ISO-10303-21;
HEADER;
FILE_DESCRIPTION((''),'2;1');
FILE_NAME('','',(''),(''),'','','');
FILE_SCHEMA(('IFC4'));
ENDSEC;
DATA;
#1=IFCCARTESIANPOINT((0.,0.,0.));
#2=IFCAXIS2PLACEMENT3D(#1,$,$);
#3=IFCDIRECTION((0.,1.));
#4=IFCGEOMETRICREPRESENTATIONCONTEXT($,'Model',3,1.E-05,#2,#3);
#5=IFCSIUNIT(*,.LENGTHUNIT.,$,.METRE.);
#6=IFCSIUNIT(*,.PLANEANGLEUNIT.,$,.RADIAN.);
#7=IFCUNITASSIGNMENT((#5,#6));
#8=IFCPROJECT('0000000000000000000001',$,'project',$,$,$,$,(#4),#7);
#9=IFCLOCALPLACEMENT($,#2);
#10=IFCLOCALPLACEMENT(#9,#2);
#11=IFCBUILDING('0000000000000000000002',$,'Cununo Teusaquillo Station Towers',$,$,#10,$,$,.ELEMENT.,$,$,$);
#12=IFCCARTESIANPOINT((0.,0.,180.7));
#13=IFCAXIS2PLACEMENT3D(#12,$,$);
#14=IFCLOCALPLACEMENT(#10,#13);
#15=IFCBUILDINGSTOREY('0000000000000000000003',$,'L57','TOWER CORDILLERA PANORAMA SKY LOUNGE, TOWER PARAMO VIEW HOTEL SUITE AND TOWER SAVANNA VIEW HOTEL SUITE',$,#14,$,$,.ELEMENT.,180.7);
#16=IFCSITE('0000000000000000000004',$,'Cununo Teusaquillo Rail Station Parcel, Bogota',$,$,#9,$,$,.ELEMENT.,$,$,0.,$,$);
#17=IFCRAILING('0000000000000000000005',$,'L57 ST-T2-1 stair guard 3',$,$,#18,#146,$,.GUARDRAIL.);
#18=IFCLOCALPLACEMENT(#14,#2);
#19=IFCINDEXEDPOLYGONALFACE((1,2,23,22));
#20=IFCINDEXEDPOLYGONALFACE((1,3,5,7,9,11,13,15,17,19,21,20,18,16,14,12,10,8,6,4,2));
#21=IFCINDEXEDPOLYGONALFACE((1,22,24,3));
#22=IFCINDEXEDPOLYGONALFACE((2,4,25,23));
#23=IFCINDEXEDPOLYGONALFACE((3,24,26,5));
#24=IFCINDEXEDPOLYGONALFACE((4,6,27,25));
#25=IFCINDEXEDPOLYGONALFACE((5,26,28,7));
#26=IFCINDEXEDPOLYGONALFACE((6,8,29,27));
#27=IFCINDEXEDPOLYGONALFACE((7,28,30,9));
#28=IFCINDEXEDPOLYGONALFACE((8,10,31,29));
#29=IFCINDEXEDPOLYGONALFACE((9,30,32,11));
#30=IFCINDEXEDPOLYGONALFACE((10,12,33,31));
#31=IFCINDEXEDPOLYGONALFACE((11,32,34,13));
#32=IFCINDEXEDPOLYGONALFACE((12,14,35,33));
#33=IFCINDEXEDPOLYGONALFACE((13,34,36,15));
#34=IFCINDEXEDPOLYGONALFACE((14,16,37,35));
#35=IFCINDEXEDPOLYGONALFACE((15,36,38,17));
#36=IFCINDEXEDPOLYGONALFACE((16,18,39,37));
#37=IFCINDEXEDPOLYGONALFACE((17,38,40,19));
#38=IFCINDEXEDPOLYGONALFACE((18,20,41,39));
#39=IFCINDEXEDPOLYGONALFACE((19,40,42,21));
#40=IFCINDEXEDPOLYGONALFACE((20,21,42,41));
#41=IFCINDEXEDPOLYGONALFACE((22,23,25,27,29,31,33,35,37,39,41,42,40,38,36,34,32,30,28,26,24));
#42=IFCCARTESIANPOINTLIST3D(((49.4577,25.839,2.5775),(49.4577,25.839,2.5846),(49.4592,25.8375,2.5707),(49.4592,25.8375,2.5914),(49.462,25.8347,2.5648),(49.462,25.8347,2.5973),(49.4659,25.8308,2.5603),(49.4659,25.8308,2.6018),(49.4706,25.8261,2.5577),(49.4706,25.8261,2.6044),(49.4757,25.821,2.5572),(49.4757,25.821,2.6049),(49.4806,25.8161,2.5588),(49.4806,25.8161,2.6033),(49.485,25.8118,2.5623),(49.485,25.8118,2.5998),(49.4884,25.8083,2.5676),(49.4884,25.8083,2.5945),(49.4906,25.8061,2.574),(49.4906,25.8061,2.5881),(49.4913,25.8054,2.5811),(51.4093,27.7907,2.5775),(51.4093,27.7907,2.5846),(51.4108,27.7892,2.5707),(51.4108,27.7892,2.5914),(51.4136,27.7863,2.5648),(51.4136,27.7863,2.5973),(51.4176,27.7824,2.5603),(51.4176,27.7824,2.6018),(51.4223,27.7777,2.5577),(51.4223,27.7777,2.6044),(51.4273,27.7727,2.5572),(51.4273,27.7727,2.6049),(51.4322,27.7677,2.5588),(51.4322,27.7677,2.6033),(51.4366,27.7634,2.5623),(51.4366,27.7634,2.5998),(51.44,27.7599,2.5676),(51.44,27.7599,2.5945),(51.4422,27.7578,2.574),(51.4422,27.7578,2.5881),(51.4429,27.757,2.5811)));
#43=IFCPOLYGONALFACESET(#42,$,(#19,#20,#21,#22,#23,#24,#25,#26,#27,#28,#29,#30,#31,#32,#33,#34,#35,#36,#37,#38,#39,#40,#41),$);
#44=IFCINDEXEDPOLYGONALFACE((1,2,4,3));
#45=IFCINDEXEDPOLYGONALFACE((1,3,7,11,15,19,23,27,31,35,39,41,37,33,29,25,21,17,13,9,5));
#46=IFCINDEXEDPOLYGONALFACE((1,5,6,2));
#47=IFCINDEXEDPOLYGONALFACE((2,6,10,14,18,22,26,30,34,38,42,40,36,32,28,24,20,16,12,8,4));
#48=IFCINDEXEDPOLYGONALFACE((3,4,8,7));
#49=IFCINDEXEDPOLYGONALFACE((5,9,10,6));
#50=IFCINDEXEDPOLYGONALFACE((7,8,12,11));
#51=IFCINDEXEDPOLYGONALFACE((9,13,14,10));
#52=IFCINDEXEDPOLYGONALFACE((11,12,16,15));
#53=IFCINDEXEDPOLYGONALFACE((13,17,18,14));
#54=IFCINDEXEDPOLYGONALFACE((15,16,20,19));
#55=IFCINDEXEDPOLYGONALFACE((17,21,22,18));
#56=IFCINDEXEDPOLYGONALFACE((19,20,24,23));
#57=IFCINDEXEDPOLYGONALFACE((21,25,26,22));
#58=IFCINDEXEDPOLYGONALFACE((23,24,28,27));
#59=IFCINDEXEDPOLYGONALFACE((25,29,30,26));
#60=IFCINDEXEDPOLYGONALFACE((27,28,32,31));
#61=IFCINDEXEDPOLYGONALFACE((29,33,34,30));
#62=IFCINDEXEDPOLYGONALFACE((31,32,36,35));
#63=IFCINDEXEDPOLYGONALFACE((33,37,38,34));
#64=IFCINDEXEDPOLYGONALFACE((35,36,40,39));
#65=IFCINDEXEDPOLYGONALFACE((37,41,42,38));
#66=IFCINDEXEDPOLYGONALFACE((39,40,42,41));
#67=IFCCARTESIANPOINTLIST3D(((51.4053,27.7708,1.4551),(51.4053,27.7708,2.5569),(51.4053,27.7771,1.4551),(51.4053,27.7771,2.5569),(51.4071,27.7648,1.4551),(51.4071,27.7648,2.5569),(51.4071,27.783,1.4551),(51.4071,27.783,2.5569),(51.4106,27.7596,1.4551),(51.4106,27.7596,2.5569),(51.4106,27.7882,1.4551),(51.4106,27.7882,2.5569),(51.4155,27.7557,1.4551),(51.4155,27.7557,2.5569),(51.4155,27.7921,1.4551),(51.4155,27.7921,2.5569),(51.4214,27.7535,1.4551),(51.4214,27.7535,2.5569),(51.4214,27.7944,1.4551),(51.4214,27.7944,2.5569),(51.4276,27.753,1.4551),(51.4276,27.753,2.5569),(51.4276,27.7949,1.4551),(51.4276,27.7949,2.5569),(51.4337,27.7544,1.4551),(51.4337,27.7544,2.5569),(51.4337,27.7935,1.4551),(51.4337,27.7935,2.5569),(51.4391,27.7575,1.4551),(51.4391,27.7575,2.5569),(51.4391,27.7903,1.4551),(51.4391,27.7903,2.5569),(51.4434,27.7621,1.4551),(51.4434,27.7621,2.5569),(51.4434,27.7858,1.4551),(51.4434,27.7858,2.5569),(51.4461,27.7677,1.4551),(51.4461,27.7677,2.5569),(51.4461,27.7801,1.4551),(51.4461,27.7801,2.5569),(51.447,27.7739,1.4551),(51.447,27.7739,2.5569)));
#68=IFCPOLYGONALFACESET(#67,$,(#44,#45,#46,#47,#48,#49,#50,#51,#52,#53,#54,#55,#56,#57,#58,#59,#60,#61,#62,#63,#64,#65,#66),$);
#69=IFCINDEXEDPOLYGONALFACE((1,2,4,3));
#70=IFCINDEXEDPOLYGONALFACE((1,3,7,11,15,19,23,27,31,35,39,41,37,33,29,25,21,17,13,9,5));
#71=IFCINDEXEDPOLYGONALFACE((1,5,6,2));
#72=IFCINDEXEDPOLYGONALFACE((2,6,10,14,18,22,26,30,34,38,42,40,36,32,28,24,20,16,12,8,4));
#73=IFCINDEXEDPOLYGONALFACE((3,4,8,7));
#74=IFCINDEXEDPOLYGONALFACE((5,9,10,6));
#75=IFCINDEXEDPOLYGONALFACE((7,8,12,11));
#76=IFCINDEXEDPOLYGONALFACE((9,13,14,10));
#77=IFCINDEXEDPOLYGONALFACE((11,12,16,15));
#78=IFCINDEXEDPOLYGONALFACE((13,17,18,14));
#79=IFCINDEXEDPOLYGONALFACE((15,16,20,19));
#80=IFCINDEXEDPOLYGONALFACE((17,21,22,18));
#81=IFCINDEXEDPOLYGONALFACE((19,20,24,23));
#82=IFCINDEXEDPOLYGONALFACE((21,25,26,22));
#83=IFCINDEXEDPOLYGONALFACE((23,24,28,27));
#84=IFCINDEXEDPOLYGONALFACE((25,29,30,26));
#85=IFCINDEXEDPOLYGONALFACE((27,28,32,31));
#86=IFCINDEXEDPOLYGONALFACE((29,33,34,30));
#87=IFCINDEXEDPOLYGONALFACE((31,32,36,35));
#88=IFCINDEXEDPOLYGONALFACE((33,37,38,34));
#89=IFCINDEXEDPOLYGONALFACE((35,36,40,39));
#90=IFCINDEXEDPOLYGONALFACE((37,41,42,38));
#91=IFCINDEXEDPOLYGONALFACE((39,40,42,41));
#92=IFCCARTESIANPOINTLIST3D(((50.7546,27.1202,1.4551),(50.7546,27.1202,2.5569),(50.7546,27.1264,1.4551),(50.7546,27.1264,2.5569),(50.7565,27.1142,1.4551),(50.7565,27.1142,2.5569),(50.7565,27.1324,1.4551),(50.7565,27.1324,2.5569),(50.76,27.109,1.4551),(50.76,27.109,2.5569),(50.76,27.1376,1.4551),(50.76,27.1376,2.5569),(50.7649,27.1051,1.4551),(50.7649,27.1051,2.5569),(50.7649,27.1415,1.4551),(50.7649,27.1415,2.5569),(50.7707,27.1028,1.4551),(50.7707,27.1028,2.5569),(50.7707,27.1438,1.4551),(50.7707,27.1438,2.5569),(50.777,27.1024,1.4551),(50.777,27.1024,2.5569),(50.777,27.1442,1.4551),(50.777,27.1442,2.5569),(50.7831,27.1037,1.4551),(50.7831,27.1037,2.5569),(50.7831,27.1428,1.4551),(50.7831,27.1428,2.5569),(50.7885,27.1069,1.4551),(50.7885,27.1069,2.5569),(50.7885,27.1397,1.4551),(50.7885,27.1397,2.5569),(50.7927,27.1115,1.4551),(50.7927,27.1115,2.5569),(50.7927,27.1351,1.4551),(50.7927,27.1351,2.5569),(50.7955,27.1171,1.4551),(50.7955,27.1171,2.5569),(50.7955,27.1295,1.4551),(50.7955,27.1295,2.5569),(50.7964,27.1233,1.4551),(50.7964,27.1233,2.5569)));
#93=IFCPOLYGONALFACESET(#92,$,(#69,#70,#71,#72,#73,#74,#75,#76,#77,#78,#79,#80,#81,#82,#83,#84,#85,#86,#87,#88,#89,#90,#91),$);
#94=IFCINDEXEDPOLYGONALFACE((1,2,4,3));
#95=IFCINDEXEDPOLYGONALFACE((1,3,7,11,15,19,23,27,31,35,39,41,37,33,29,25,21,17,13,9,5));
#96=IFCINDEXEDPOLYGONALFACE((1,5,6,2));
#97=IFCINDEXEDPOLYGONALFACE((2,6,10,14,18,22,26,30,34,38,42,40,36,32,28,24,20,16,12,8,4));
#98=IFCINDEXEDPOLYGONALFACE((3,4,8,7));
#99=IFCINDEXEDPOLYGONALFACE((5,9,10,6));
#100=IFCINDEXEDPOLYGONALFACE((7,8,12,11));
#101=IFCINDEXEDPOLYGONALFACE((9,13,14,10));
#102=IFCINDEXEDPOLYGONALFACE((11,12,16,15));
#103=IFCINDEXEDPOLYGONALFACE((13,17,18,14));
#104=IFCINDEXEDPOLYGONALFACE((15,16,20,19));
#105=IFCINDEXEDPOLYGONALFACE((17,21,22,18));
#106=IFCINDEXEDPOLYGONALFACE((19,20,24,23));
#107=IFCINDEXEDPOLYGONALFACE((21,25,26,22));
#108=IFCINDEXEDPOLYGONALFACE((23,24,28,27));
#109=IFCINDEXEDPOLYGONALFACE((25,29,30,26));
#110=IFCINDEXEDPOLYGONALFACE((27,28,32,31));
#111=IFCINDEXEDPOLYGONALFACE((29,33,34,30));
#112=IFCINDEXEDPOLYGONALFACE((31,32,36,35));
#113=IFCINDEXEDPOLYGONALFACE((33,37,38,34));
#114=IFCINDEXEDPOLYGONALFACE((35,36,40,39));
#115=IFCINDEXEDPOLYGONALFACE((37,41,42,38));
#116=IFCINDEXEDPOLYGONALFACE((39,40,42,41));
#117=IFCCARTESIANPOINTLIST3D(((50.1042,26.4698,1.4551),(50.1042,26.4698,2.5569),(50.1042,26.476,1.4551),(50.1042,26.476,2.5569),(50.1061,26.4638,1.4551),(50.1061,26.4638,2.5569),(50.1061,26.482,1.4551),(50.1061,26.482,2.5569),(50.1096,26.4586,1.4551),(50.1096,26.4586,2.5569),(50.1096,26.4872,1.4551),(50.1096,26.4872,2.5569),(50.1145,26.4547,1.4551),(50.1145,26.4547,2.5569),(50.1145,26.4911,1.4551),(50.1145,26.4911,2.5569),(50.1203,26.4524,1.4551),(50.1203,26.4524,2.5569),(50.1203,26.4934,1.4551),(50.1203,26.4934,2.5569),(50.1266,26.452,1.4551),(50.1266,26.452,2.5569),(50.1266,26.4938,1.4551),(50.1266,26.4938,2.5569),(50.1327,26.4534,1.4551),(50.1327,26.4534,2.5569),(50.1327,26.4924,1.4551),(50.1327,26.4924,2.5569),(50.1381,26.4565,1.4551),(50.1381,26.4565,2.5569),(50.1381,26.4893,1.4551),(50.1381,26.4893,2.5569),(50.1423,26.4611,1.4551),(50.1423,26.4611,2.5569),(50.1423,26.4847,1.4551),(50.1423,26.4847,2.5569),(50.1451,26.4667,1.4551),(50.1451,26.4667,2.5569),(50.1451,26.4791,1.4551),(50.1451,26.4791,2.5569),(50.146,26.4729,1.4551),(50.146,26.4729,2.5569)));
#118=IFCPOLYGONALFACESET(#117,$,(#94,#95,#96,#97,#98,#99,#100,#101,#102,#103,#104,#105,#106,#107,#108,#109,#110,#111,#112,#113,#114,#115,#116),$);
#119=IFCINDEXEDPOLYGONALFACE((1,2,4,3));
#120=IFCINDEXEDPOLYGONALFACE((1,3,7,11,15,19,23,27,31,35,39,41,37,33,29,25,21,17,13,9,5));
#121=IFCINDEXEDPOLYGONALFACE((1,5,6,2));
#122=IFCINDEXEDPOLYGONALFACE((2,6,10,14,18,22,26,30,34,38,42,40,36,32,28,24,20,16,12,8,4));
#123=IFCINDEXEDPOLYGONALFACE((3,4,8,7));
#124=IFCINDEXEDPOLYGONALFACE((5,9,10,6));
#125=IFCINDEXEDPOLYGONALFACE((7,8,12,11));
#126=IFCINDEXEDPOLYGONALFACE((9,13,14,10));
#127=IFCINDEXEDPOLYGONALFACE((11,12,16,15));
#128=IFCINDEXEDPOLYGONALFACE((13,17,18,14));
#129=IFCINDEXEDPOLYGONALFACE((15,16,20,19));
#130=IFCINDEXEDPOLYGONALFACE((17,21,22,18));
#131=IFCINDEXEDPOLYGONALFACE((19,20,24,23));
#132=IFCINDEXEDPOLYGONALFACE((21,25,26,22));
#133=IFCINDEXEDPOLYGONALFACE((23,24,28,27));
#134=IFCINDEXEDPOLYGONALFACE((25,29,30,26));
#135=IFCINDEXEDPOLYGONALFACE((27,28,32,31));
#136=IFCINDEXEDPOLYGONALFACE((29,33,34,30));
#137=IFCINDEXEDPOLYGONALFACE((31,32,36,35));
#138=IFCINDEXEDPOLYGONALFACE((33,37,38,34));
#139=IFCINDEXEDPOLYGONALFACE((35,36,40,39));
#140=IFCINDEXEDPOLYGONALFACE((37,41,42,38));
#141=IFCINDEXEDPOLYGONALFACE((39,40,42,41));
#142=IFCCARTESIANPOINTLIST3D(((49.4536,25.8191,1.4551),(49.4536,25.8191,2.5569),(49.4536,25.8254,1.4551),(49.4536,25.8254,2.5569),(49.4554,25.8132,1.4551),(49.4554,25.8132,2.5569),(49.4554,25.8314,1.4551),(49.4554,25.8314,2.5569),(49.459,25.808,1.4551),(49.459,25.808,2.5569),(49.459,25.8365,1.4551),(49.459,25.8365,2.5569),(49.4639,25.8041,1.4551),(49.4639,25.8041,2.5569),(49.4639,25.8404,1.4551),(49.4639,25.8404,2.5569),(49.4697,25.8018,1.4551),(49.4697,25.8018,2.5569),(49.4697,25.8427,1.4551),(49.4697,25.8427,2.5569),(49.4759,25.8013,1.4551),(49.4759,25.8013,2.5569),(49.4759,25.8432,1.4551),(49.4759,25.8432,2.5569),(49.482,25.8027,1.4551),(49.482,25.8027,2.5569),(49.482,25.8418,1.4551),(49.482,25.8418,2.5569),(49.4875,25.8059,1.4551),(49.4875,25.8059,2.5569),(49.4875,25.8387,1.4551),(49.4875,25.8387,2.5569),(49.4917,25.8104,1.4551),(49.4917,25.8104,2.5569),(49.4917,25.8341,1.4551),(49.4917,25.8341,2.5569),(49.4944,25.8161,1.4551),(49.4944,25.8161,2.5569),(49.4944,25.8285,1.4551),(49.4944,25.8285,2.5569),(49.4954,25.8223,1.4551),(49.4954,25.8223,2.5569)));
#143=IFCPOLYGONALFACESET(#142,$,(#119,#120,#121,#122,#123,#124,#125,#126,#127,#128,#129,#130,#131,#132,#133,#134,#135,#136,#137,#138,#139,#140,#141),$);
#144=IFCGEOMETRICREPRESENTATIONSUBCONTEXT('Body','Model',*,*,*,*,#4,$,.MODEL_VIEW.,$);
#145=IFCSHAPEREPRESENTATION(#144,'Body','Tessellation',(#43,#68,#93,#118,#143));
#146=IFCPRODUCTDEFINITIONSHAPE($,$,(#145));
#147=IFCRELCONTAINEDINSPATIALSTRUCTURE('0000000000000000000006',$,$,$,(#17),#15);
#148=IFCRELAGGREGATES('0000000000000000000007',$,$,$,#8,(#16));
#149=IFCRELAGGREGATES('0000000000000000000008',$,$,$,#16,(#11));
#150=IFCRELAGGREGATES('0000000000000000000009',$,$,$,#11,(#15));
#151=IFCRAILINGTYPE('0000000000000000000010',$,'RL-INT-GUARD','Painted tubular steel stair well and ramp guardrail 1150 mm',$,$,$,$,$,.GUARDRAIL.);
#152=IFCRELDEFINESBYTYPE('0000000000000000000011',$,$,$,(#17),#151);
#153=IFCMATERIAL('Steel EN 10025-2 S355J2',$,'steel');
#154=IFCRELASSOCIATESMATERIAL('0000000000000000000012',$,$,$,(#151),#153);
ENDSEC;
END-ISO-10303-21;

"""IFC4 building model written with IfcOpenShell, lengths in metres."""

from ifc_helpers import new_model, si_unit, direction, frame, origin, origin_2d, place, context, subcontext, project, spatial, circle, extrude, material, type_object, element, save


model = new_model("IFC4")

# Units and contexts
model_context = context("Model", 3, precision=1e-05, world=origin(), true_north=direction((0.0, 1.0)))
body_context = subcontext(model_context, "Body", "Model", "MODEL_VIEW")
ifc_project = project(units=[si_unit("LENGTHUNIT", "METRE"), si_unit("PLANEANGLEUNIT", "RADIAN")], contexts=[model_context])

# Site, building, storey
site_placement = place(None, origin())
site = spatial("IfcSite", under=ifc_project, at=site_placement, Name="Cununo Teusaquillo Rail Station Parcel, Bogota", CompositionType="ELEMENT", RefElevation=0.0)
building_placement = place(site_placement, origin())
building = spatial("IfcBuilding", under=site, at=building_placement, Name="Cununo Teusaquillo Station Towers", CompositionType="ELEMENT")
storey_placement = place(building_placement, frame((0.0, 0.0, 180.7)))
storey = spatial("IfcBuildingStorey", under=building, at=storey_placement, Name="L57", Description="TOWER CORDILLERA PANORAMA SKY LOUNGE, TOWER PARAMO VIEW HOTEL SUITE AND TOWER SAVANNA VIEW HOTEL SUITE", CompositionType="ELEMENT", Elevation=180.7)

# Railing
ifc_material_1 = material(Name="Steel EN 10025-2 S355J2", Category="steel")
railing_type = type_object("IfcRailingType", Name="RL-INT-GUARD", Description="Painted tubular steel stair well and ramp guardrail 1150 mm", PredefinedType="GUARDRAIL", material=ifc_material_1)
railing_1_placement = place(storey_placement, frame((51.426, 27.7739, 1.4551)))
element("IfcRailing", 1, at=railing_1_placement, inside=storey, type_object=railing_type, Name="L57 ST-T2-1 stair guard 3", PredefinedType="GUARDRAIL", context=body_context, shape_type="SweptSolid", body=[
    extrude(circle(Radius=0.0239, at=origin_2d()), frame((0.0, 0.0, 1.126), z_axis=(-0.707107, -0.707107, 0.0), x_axis=(0.707107, -0.707107, 0.0)), (0.0, 0.0, 1.0), 2.76),
    extrude(circle(Radius=0.021, at=origin_2d()), origin(), (0.0, 0.0, 1.0), 1.1018),
    extrude(circle(Radius=0.021, at=origin_2d()), frame((-0.6506, -0.6506, 0.0)), (0.0, 0.0, 1.0), 1.1018),
    extrude(circle(Radius=0.021, at=origin_2d()), frame((-1.301, -1.301, 0.0)), (0.0, 0.0, 1.0), 1.1018),
    extrude(circle(Radius=0.021, at=origin_2d()), frame((-1.9517, -1.9517, 0.0)), (0.0, 0.0, 1.0), 1.1018),
])

save(model, "model.ifc")
